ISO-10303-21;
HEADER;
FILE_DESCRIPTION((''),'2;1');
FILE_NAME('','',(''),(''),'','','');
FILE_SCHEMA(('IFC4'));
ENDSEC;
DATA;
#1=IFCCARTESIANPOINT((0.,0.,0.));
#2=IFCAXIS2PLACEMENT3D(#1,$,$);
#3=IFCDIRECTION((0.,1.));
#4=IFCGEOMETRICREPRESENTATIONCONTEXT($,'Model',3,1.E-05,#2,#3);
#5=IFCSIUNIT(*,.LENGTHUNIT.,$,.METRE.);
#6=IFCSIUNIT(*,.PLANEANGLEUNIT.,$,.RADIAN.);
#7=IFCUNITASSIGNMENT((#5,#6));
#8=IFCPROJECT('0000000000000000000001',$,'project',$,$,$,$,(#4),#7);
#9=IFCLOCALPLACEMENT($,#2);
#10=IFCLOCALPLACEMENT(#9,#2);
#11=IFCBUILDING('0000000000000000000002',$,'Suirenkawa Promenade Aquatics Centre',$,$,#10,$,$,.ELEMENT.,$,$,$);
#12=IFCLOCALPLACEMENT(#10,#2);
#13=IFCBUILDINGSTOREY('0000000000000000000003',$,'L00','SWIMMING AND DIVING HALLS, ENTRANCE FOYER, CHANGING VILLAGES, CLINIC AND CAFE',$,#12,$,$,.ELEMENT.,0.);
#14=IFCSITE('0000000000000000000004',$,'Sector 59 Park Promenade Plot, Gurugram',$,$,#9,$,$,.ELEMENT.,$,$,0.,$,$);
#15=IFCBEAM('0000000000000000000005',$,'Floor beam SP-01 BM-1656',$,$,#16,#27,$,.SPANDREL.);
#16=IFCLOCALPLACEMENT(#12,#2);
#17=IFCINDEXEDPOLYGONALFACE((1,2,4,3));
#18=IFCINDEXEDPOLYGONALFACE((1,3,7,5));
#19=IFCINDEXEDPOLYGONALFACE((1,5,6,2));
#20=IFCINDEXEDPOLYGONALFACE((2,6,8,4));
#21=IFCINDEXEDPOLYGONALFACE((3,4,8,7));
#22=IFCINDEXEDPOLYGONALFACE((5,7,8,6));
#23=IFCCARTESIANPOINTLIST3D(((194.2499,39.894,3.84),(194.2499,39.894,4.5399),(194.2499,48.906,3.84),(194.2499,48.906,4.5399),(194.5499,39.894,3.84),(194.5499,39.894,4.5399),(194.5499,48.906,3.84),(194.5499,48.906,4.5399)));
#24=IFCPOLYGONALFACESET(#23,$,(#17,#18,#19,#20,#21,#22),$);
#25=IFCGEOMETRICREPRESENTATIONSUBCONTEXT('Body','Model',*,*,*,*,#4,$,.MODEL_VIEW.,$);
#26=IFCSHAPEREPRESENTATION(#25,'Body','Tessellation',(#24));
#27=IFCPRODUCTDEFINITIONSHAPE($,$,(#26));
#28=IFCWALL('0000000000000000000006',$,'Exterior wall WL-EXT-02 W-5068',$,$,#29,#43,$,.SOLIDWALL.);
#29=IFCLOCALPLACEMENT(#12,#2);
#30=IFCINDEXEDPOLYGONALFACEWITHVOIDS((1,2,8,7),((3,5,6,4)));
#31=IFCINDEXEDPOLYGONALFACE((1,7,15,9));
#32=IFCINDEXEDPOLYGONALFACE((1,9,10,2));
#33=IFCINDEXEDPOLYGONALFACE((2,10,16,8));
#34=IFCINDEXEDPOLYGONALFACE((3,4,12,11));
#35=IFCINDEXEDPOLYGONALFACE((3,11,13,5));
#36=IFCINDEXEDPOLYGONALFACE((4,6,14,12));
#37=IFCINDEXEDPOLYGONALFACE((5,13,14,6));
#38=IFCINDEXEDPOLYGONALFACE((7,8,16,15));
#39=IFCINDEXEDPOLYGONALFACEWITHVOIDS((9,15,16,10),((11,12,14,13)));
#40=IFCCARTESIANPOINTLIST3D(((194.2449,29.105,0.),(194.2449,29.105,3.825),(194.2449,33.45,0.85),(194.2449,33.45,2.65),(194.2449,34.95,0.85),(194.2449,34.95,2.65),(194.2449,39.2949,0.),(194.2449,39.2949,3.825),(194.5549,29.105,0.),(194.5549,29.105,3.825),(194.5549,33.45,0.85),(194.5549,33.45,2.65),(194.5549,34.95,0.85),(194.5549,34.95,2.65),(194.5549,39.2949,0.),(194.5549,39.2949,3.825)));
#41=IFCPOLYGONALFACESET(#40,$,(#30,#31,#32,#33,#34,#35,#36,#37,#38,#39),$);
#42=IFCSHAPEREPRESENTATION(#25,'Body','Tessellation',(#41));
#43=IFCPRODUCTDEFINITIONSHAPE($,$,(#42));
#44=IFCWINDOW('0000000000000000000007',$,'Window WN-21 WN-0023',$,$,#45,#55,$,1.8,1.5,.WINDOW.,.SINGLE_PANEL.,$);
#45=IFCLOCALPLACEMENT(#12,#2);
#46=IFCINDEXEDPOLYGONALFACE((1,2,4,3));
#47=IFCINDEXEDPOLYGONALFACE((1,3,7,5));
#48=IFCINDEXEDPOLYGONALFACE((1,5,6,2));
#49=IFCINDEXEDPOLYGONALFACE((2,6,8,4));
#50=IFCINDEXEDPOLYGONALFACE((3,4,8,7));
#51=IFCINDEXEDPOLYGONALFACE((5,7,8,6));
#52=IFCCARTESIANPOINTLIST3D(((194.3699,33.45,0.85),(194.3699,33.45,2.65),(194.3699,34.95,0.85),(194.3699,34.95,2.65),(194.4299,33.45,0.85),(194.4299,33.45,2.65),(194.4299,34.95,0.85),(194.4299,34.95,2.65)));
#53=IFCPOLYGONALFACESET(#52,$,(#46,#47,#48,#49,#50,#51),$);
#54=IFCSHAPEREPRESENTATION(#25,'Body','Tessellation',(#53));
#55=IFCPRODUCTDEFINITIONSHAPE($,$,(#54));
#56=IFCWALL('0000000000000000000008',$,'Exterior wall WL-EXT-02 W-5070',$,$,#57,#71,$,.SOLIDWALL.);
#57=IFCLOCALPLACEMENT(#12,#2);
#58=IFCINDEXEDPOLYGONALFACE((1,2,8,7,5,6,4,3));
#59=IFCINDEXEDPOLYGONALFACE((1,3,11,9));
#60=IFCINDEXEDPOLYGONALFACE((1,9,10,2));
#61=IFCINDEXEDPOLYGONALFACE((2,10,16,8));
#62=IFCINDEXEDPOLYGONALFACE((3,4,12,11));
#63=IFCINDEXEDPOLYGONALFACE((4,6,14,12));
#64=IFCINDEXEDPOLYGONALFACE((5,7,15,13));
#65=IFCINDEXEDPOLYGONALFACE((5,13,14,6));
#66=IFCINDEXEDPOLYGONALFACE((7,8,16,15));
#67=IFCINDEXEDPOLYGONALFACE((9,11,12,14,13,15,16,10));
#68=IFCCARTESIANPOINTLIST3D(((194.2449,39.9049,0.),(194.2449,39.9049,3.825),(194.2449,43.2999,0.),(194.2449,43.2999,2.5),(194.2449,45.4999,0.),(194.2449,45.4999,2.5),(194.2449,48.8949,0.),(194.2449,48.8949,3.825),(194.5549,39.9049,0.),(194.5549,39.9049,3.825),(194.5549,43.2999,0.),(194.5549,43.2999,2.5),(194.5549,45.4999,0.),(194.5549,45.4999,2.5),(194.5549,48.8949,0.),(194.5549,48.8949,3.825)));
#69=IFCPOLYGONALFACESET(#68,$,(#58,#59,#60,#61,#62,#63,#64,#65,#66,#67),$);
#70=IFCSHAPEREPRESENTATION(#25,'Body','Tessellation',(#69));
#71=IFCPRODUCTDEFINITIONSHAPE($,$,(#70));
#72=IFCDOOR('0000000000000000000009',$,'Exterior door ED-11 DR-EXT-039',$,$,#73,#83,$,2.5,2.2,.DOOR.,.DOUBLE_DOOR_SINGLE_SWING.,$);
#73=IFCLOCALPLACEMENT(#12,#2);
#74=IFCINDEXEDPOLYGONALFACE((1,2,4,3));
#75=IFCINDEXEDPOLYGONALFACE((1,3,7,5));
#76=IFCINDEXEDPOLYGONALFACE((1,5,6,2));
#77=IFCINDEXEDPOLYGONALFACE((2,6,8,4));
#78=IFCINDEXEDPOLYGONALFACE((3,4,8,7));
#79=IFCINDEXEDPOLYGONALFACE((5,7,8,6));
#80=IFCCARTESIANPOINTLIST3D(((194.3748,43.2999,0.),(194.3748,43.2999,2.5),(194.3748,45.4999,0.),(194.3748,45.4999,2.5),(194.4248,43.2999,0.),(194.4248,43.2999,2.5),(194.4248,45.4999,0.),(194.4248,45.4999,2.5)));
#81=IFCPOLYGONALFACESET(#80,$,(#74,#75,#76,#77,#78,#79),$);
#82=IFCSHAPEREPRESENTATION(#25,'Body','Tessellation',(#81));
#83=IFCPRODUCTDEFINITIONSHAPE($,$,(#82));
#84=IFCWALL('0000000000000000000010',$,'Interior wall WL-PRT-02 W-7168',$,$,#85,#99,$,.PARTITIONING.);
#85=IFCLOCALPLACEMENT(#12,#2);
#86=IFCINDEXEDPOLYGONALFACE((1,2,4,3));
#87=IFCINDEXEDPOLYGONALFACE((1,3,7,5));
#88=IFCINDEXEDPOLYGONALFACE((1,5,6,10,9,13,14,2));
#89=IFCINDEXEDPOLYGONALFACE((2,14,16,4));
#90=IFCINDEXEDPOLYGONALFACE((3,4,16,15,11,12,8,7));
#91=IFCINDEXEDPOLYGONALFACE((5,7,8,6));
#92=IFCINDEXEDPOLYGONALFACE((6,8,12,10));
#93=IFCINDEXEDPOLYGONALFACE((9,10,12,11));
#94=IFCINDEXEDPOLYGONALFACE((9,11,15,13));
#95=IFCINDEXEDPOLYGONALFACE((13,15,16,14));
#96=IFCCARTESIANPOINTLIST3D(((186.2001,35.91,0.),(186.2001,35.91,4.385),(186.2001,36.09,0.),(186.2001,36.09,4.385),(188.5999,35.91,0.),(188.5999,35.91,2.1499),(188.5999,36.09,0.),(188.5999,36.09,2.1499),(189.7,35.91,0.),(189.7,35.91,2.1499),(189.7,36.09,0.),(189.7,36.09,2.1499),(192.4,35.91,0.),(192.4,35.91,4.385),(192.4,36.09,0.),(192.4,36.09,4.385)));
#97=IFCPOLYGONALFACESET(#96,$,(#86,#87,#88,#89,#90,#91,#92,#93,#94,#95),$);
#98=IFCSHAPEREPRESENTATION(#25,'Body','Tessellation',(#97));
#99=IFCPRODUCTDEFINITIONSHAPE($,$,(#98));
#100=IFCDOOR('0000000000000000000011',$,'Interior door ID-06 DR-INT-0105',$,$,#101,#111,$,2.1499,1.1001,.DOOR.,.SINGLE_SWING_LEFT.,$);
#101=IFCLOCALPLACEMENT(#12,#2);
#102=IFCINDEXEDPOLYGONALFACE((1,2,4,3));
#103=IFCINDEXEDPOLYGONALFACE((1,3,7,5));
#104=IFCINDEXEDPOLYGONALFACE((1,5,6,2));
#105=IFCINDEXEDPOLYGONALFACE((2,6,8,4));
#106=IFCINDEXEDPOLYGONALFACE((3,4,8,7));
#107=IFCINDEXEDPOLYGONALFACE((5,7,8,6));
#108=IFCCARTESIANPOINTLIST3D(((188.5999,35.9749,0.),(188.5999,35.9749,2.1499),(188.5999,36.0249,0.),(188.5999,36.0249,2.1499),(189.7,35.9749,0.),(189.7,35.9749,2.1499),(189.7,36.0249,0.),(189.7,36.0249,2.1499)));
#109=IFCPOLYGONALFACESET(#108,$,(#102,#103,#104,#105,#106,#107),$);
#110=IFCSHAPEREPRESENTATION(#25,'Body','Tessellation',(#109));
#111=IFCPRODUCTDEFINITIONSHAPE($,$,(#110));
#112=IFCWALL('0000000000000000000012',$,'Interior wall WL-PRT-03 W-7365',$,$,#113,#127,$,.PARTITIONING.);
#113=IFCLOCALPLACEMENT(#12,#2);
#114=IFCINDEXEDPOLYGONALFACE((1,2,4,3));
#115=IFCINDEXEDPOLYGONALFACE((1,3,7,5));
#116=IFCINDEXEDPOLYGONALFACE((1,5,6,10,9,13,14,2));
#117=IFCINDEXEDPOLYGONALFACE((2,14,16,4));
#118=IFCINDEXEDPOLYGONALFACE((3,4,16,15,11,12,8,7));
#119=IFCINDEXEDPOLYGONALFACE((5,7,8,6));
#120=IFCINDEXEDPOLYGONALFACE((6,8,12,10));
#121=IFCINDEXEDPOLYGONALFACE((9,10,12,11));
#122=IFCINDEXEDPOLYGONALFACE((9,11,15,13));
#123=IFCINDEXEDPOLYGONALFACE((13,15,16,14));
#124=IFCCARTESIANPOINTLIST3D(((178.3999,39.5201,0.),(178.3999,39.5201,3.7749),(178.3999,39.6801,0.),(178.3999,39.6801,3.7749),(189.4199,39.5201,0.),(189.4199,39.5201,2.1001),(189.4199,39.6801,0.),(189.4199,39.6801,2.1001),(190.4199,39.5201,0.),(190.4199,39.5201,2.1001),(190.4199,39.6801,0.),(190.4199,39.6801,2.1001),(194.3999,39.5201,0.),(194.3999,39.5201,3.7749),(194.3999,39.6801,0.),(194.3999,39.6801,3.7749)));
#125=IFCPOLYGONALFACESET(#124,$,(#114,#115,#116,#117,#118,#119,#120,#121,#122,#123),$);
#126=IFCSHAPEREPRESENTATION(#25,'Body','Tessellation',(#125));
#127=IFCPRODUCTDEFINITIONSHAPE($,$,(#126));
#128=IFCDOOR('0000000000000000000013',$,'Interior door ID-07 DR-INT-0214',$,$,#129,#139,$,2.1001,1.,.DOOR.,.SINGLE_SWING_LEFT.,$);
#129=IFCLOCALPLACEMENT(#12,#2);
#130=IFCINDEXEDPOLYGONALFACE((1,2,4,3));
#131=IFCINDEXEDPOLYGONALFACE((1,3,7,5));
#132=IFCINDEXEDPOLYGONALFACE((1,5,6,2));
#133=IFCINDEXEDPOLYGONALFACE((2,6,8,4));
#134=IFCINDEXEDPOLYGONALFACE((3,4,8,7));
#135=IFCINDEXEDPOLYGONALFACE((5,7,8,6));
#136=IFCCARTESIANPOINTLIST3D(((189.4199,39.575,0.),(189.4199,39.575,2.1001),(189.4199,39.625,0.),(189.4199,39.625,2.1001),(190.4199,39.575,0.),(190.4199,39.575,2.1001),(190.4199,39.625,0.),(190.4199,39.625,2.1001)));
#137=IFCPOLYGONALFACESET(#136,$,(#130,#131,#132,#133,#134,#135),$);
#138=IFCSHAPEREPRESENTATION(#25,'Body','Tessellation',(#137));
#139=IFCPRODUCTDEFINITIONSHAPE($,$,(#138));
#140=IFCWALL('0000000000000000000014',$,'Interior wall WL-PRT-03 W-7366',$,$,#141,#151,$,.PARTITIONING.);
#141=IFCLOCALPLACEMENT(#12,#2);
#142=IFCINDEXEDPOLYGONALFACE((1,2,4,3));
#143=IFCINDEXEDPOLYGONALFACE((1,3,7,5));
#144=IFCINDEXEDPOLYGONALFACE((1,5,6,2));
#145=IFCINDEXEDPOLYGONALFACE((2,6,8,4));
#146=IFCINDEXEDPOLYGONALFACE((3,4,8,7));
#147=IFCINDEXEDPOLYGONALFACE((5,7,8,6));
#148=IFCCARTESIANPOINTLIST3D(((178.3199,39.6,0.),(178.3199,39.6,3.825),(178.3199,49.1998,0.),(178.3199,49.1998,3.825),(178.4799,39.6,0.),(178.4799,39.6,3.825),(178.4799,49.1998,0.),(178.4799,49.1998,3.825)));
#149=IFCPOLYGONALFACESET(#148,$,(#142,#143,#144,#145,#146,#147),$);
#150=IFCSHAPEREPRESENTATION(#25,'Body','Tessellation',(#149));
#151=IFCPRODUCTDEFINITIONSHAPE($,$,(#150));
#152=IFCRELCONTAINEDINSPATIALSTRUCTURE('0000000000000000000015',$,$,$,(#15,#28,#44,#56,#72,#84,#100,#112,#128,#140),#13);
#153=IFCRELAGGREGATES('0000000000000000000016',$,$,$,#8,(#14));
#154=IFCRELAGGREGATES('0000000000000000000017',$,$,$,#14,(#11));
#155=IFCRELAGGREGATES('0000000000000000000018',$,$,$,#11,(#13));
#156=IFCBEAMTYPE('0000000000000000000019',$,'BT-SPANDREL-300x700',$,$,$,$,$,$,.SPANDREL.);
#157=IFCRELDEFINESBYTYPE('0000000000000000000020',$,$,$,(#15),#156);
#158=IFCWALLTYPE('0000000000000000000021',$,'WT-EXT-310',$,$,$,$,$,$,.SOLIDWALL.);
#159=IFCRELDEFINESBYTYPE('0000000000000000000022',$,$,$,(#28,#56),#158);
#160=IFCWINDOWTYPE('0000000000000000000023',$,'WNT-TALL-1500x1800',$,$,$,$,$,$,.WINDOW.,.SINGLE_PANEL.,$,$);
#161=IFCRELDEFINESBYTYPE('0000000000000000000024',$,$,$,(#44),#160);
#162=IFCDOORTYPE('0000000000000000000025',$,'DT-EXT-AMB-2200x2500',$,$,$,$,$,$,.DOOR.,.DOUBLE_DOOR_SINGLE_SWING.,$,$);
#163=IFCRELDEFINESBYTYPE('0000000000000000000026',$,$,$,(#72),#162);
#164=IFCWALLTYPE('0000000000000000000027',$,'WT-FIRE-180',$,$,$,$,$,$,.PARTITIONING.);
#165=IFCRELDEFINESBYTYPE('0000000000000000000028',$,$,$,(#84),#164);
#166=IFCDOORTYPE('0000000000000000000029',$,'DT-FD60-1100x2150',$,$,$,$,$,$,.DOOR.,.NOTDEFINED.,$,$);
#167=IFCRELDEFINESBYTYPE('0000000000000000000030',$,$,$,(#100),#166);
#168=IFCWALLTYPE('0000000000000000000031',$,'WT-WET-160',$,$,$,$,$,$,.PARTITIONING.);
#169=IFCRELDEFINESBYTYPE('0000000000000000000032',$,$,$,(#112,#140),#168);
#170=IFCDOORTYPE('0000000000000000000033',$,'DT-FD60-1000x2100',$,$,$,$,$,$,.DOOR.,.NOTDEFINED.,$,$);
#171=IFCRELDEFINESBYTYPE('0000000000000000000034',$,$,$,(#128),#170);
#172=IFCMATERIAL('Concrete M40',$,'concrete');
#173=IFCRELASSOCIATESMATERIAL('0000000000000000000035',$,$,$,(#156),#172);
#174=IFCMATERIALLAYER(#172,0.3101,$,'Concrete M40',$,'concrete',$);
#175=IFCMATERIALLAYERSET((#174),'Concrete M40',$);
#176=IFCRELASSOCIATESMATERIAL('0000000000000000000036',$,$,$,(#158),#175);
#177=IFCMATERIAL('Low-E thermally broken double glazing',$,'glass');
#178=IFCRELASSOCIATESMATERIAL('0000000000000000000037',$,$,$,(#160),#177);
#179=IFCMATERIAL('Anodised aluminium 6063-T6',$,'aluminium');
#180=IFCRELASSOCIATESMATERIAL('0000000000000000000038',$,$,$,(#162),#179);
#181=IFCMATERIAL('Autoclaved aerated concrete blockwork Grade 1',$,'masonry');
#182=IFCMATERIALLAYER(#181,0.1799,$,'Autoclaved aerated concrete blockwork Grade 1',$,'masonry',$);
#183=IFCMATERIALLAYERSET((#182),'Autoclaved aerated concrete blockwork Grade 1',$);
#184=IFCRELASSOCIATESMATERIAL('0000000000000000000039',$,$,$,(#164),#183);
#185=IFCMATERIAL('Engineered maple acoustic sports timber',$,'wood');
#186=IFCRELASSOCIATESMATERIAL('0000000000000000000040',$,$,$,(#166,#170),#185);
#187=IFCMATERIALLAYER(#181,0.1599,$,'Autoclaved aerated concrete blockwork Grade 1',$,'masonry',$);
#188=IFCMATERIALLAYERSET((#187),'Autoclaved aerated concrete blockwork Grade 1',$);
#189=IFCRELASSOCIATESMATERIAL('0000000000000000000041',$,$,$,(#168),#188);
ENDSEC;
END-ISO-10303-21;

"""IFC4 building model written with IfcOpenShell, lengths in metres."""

from ifc_helpers import new_model, si_unit, direction, frame, frame_2d, origin, origin_2d, place, context, subcontext, project, spatial, rectangle, extrude, material, layer, layer_set, material_profile, profile_set, type_object, element, fill, save


model = new_model("IFC4")

# Units and contexts
model_context = context("Model", 3, precision=1e-05, world=origin(), true_north=direction((0.0, 1.0)))
body_context = subcontext(model_context, "Body", "Model", "MODEL_VIEW")
ifc_project = project(units=[si_unit("LENGTHUNIT", "METRE"), si_unit("PLANEANGLEUNIT", "RADIAN")], contexts=[model_context])

# Site, building, storey
site_placement = place(None, origin())
site = spatial("IfcSite", under=ifc_project, at=site_placement, Name="Sector 59 Park Promenade Plot, Gurugram", CompositionType="ELEMENT", RefElevation=0.0)
building_placement = place(site_placement, origin())
building = spatial("IfcBuilding", under=site, at=building_placement, Name="Suirenkawa Promenade Aquatics Centre", CompositionType="ELEMENT")
storey_placement = place(building_placement, origin())
storey = spatial("IfcBuildingStorey", under=building, at=storey_placement, Name="L00", Description="SWIMMING AND DIVING HALLS, ENTRANCE FOYER, CHANGING VILLAGES, CLINIC AND CAFE", CompositionType="ELEMENT", Elevation=0.0)

# Shared definitions
ifc_material_1 = material(Name="Concrete M40", Category="concrete")

# Beam
ifc_material_profile_1 = material_profile(ifc_material_1, rectangle(XDim=0.3, YDim=0.7, at=origin_2d()), Name="RC SPANDREL 300x700", Category="concrete")
ifc_profile_set_1 = profile_set([ifc_material_profile_1], Name="Concrete M40")
beam_type_1 = type_object("IfcBeamType", Name="BT-SPANDREL-300x700", PredefinedType="SPANDREL", material=ifc_profile_set_1)
beam_1_placement = place(storey_placement, frame((194.3999, 39.894, 4.1899), z_axis=(0.0, 1.0, 0.0), x_axis=(-1.0, 0.0, 0.0)))
element("IfcBeam", 1, at=beam_1_placement, inside=storey, type_object=beam_type_1, Name="Floor beam SP-01 BM-1656", PredefinedType="SPANDREL", context=body_context, shape_type="SweptSolid", body=[
    extrude(rectangle(XDim=0.3, YDim=0.7, at=origin_2d()), origin(), (0.0, 0.0, 1.0), 9.012),
])

# Wall, opening, window
ifc_layer_1 = layer(ifc_material_1, 0.3101, Name="Concrete M40", Category="concrete")
ifc_layer_set_1 = layer_set([ifc_layer_1], Name="Concrete M40")
wall_type_1 = type_object("IfcWallType", Name="WT-EXT-310", PredefinedType="SOLIDWALL", material=ifc_layer_set_1)
wall_1_placement = place(storey_placement, frame((194.3999, 39.2949, 0.0), z_axis=(0.0, 0.0, 1.0), x_axis=(0.0, -1.0, 0.0)))
wall_1 = element("IfcWall", 2, at=wall_1_placement, inside=storey, type_object=wall_type_1, Name="Exterior wall WL-EXT-02 W-5068", PredefinedType="SOLIDWALL", context=body_context, shape_type="SweptSolid", body=[
    extrude(rectangle(XDim=10.1899, YDim=0.3101, at=frame_2d((5.095, 0.0))), origin(), (0.0, 0.0, 1.0), 3.825),
])
opening_1_placement = place(wall_1_placement, frame((4.345, 0.0, 0.8501)))
opening_1 = element("IfcOpeningElement", 3, at=opening_1_placement, cuts=wall_1, PredefinedType="OPENING", context=body_context, shape_type="SweptSolid", body=[
    extrude(rectangle(XDim=1.5, YDim=1.8, at=frame_2d((0.75, 0.8999))), frame((0.0, 0.165, 0.0), z_axis=(0.0, -1.0, 0.0), x_axis=(1.0, 0.0, 0.0)), (0.0, 0.0, 1.0), 0.3301),
])
ifc_material_2 = material(Name="Low-E thermally broken double glazing", Category="glass")
window_type = type_object("IfcWindowType", Name="WNT-TALL-1500x1800", PartitioningType="SINGLE_PANEL", PredefinedType="WINDOW", material=ifc_material_2)
window_placement = place(opening_1_placement, origin())
window = element("IfcWindow", 4, at=window_placement, inside=storey, type_object=window_type, Name="Window WN-21 WN-0023", OverallHeight=1.8, OverallWidth=1.5, PartitioningType="SINGLE_PANEL", PredefinedType="WINDOW", context=body_context, shape_type="SweptSolid", body=[
    extrude(rectangle(XDim=1.5, YDim=1.8, at=frame_2d((0.75, 0.8999))), frame((0.0, 0.03, 0.0), z_axis=(0.0, -1.0, 0.0), x_axis=(1.0, 0.0, 0.0)), (0.0, 0.0, 1.0), 0.0601),
])
fill(opening_1, window)

# Walls, openings, doors
wall_2_placement = place(storey_placement, frame((194.3999, 48.895, 0.0), z_axis=(0.0, 0.0, 1.0), x_axis=(0.0, -1.0, 0.0)))
wall_2 = element("IfcWall", 5, at=wall_2_placement, inside=storey, type_object=wall_type_1, Name="Exterior wall WL-EXT-02 W-5070", PredefinedType="SOLIDWALL", context=body_context, shape_type="SweptSolid", body=[
    extrude(rectangle(XDim=8.99, YDim=0.3101, at=frame_2d((4.4951, 0.0))), origin(), (0.0, 0.0, 1.0), 3.825),
])
opening_2_placement = place(wall_2_placement, frame((3.395, 0.0, 0.0)))
opening_2 = element("IfcOpeningElement", 6, at=opening_2_placement, cuts=wall_2, PredefinedType="OPENING", context=body_context, shape_type="SweptSolid", body=[
    extrude(rectangle(XDim=2.2, YDim=2.5, at=frame_2d((1.1001, 1.25))), frame((0.0, 0.165, 0.0), z_axis=(0.0, -1.0, 0.0), x_axis=(1.0, 0.0, 0.0)), (0.0, 0.0, 1.0), 0.3301),
])
ifc_material_3 = material(Name="Anodised aluminium 6063-T6", Category="aluminium")
door_type_1 = type_object("IfcDoorType", Name="DT-EXT-AMB-2200x2500", OperationType="DOUBLE_DOOR_SINGLE_SWING", PredefinedType="DOOR", material=ifc_material_3)
door_1_placement = place(opening_2_placement, origin())
door_1 = element("IfcDoor", 7, at=door_1_placement, inside=storey, type_object=door_type_1, Name="Exterior door ED-11 DR-EXT-039", OperationType="DOUBLE_DOOR_SINGLE_SWING", OverallHeight=2.5, OverallWidth=2.2, PredefinedType="DOOR", context=body_context, shape_type="SweptSolid", body=[
    extrude(rectangle(XDim=2.2, YDim=2.5, at=frame_2d((1.1001, 1.25))), frame((0.0, 0.0249, 0.0), z_axis=(0.0, -1.0, 0.0), x_axis=(1.0, 0.0, 0.0)), (0.0, 0.0, 1.0), 0.05),
])
fill(opening_2, door_1)
ifc_material_4 = material(Name="Autoclaved aerated concrete blockwork Grade 1", Category="masonry")
ifc_layer_2 = layer(ifc_material_4, 0.1799, Name="Autoclaved aerated concrete blockwork Grade 1", Category="masonry")
ifc_layer_set_2 = layer_set([ifc_layer_2], Name="Autoclaved aerated concrete blockwork Grade 1")
wall_type_2 = type_object("IfcWallType", Name="WT-FIRE-180", PredefinedType="PARTITIONING", material=ifc_layer_set_2)
wall_3_placement = place(storey_placement, frame((186.2, 36.0, 0.0), z_axis=(0.0, 0.0, 1.0), x_axis=(1.0, 0.0, 0.0)))
wall_3 = element("IfcWall", 8, at=wall_3_placement, inside=storey, type_object=wall_type_2, Name="Interior wall WL-PRT-02 W-7168", PredefinedType="PARTITIONING", context=body_context, shape_type="SweptSolid", body=[
    extrude(rectangle(XDim=6.2, YDim=0.1799, at=frame_2d((3.1001, 0.0))), origin(), (0.0, 0.0, 1.0), 4.385),
])
opening_3_placement = place(wall_3_placement, frame((2.3999, 0.0, 0.0)))
opening_3 = element("IfcOpeningElement", 9, at=opening_3_placement, cuts=wall_3, PredefinedType="OPENING", context=body_context, shape_type="SweptSolid", body=[
    extrude(rectangle(XDim=1.1001, YDim=2.1499, at=frame_2d((0.55, 1.075))), frame((0.0, 0.0999, 0.0), z_axis=(0.0, -1.0, 0.0), x_axis=(1.0, 0.0, 0.0)), (0.0, 0.0, 1.0), 0.2),
])
ifc_material_5 = material(Name="Engineered maple acoustic sports timber", Category="wood")
door_type_2 = type_object("IfcDoorType", Name="DT-FD60-1100x2150", OperationType="NOTDEFINED", PredefinedType="DOOR", material=ifc_material_5)
door_2_placement = place(opening_3_placement, origin())
door_2 = element("IfcDoor", 10, at=door_2_placement, inside=storey, type_object=door_type_2, Name="Interior door ID-06 DR-INT-0105", OperationType="SINGLE_SWING_LEFT", OverallHeight=2.1499, OverallWidth=1.1001, PredefinedType="DOOR", context=body_context, shape_type="SweptSolid", body=[
    extrude(rectangle(XDim=1.1001, YDim=2.1499, at=frame_2d((0.55, 1.075))), frame((0.0, 0.0249, 0.0), z_axis=(0.0, -1.0, 0.0), x_axis=(1.0, 0.0, 0.0)), (0.0, 0.0, 1.0), 0.05),
])
fill(opening_3, door_2)
ifc_layer_3 = layer(ifc_material_4, 0.1599, Name="Autoclaved aerated concrete blockwork Grade 1", Category="masonry")
ifc_layer_set_3 = layer_set([ifc_layer_3], Name="Autoclaved aerated concrete blockwork Grade 1")
wall_type_3 = type_object("IfcWallType", Name="WT-WET-160", PredefinedType="PARTITIONING", material=ifc_layer_set_3)
wall_4_placement = place(storey_placement, frame((178.3999, 39.6001, 0.0), z_axis=(0.0, 0.0, 1.0), x_axis=(1.0, 0.0, 0.0)))
wall_4 = element("IfcWall", 11, at=wall_4_placement, inside=storey, type_object=wall_type_3, Name="Interior wall WL-PRT-03 W-7365", PredefinedType="PARTITIONING", context=body_context, shape_type="SweptSolid", body=[
    extrude(rectangle(XDim=16.0, YDim=0.1599, at=frame_2d((8.0, 0.0))), origin(), (0.0, 0.0, 1.0), 3.7749),
])
opening_4_placement = place(wall_4_placement, frame((11.02, 0.0, 0.0)))
opening_4 = element("IfcOpeningElement", 12, at=opening_4_placement, cuts=wall_4, PredefinedType="OPENING", context=body_context, shape_type="SweptSolid", body=[
    extrude(rectangle(XDim=1.0, YDim=2.1001, at=frame_2d((0.5, 1.05))), frame((0.0, 0.0898, 0.0), z_axis=(0.0, -1.0, 0.0), x_axis=(1.0, 0.0, 0.0)), (0.0, 0.0, 1.0), 0.1799),
])
door_type_3 = type_object("IfcDoorType", Name="DT-FD60-1000x2100", OperationType="NOTDEFINED", PredefinedType="DOOR", material=ifc_material_5)
door_3_placement = place(opening_4_placement, origin())
door_3 = element("IfcDoor", 13, at=door_3_placement, inside=storey, type_object=door_type_3, Name="Interior door ID-07 DR-INT-0214", OperationType="SINGLE_SWING_LEFT", OverallHeight=2.1001, OverallWidth=1.0, PredefinedType="DOOR", context=body_context, shape_type="SweptSolid", body=[
    extrude(rectangle(XDim=1.0, YDim=2.1001, at=frame_2d((0.5, 1.05))), frame((0.0, 0.0249, 0.0), z_axis=(0.0, -1.0, 0.0), x_axis=(1.0, 0.0, 0.0)), (0.0, 0.0, 1.0), 0.05),
])
fill(opening_4, door_3)

# Wall
wall_5_placement = place(storey_placement, frame((178.3999, 39.6001, 0.0), z_axis=(0.0, 0.0, 1.0), x_axis=(0.0, 1.0, 0.0)))
element("IfcWall", 14, at=wall_5_placement, inside=storey, type_object=wall_type_3, Name="Interior wall WL-PRT-03 W-7366", PredefinedType="PARTITIONING", context=body_context, shape_type="SweptSolid", body=[
    extrude(rectangle(XDim=9.5999, YDim=0.1599, at=frame_2d((4.7998, 0.0))), origin(), (0.0, 0.0, 1.0), 3.825),
])

save(model, "model.ifc")
